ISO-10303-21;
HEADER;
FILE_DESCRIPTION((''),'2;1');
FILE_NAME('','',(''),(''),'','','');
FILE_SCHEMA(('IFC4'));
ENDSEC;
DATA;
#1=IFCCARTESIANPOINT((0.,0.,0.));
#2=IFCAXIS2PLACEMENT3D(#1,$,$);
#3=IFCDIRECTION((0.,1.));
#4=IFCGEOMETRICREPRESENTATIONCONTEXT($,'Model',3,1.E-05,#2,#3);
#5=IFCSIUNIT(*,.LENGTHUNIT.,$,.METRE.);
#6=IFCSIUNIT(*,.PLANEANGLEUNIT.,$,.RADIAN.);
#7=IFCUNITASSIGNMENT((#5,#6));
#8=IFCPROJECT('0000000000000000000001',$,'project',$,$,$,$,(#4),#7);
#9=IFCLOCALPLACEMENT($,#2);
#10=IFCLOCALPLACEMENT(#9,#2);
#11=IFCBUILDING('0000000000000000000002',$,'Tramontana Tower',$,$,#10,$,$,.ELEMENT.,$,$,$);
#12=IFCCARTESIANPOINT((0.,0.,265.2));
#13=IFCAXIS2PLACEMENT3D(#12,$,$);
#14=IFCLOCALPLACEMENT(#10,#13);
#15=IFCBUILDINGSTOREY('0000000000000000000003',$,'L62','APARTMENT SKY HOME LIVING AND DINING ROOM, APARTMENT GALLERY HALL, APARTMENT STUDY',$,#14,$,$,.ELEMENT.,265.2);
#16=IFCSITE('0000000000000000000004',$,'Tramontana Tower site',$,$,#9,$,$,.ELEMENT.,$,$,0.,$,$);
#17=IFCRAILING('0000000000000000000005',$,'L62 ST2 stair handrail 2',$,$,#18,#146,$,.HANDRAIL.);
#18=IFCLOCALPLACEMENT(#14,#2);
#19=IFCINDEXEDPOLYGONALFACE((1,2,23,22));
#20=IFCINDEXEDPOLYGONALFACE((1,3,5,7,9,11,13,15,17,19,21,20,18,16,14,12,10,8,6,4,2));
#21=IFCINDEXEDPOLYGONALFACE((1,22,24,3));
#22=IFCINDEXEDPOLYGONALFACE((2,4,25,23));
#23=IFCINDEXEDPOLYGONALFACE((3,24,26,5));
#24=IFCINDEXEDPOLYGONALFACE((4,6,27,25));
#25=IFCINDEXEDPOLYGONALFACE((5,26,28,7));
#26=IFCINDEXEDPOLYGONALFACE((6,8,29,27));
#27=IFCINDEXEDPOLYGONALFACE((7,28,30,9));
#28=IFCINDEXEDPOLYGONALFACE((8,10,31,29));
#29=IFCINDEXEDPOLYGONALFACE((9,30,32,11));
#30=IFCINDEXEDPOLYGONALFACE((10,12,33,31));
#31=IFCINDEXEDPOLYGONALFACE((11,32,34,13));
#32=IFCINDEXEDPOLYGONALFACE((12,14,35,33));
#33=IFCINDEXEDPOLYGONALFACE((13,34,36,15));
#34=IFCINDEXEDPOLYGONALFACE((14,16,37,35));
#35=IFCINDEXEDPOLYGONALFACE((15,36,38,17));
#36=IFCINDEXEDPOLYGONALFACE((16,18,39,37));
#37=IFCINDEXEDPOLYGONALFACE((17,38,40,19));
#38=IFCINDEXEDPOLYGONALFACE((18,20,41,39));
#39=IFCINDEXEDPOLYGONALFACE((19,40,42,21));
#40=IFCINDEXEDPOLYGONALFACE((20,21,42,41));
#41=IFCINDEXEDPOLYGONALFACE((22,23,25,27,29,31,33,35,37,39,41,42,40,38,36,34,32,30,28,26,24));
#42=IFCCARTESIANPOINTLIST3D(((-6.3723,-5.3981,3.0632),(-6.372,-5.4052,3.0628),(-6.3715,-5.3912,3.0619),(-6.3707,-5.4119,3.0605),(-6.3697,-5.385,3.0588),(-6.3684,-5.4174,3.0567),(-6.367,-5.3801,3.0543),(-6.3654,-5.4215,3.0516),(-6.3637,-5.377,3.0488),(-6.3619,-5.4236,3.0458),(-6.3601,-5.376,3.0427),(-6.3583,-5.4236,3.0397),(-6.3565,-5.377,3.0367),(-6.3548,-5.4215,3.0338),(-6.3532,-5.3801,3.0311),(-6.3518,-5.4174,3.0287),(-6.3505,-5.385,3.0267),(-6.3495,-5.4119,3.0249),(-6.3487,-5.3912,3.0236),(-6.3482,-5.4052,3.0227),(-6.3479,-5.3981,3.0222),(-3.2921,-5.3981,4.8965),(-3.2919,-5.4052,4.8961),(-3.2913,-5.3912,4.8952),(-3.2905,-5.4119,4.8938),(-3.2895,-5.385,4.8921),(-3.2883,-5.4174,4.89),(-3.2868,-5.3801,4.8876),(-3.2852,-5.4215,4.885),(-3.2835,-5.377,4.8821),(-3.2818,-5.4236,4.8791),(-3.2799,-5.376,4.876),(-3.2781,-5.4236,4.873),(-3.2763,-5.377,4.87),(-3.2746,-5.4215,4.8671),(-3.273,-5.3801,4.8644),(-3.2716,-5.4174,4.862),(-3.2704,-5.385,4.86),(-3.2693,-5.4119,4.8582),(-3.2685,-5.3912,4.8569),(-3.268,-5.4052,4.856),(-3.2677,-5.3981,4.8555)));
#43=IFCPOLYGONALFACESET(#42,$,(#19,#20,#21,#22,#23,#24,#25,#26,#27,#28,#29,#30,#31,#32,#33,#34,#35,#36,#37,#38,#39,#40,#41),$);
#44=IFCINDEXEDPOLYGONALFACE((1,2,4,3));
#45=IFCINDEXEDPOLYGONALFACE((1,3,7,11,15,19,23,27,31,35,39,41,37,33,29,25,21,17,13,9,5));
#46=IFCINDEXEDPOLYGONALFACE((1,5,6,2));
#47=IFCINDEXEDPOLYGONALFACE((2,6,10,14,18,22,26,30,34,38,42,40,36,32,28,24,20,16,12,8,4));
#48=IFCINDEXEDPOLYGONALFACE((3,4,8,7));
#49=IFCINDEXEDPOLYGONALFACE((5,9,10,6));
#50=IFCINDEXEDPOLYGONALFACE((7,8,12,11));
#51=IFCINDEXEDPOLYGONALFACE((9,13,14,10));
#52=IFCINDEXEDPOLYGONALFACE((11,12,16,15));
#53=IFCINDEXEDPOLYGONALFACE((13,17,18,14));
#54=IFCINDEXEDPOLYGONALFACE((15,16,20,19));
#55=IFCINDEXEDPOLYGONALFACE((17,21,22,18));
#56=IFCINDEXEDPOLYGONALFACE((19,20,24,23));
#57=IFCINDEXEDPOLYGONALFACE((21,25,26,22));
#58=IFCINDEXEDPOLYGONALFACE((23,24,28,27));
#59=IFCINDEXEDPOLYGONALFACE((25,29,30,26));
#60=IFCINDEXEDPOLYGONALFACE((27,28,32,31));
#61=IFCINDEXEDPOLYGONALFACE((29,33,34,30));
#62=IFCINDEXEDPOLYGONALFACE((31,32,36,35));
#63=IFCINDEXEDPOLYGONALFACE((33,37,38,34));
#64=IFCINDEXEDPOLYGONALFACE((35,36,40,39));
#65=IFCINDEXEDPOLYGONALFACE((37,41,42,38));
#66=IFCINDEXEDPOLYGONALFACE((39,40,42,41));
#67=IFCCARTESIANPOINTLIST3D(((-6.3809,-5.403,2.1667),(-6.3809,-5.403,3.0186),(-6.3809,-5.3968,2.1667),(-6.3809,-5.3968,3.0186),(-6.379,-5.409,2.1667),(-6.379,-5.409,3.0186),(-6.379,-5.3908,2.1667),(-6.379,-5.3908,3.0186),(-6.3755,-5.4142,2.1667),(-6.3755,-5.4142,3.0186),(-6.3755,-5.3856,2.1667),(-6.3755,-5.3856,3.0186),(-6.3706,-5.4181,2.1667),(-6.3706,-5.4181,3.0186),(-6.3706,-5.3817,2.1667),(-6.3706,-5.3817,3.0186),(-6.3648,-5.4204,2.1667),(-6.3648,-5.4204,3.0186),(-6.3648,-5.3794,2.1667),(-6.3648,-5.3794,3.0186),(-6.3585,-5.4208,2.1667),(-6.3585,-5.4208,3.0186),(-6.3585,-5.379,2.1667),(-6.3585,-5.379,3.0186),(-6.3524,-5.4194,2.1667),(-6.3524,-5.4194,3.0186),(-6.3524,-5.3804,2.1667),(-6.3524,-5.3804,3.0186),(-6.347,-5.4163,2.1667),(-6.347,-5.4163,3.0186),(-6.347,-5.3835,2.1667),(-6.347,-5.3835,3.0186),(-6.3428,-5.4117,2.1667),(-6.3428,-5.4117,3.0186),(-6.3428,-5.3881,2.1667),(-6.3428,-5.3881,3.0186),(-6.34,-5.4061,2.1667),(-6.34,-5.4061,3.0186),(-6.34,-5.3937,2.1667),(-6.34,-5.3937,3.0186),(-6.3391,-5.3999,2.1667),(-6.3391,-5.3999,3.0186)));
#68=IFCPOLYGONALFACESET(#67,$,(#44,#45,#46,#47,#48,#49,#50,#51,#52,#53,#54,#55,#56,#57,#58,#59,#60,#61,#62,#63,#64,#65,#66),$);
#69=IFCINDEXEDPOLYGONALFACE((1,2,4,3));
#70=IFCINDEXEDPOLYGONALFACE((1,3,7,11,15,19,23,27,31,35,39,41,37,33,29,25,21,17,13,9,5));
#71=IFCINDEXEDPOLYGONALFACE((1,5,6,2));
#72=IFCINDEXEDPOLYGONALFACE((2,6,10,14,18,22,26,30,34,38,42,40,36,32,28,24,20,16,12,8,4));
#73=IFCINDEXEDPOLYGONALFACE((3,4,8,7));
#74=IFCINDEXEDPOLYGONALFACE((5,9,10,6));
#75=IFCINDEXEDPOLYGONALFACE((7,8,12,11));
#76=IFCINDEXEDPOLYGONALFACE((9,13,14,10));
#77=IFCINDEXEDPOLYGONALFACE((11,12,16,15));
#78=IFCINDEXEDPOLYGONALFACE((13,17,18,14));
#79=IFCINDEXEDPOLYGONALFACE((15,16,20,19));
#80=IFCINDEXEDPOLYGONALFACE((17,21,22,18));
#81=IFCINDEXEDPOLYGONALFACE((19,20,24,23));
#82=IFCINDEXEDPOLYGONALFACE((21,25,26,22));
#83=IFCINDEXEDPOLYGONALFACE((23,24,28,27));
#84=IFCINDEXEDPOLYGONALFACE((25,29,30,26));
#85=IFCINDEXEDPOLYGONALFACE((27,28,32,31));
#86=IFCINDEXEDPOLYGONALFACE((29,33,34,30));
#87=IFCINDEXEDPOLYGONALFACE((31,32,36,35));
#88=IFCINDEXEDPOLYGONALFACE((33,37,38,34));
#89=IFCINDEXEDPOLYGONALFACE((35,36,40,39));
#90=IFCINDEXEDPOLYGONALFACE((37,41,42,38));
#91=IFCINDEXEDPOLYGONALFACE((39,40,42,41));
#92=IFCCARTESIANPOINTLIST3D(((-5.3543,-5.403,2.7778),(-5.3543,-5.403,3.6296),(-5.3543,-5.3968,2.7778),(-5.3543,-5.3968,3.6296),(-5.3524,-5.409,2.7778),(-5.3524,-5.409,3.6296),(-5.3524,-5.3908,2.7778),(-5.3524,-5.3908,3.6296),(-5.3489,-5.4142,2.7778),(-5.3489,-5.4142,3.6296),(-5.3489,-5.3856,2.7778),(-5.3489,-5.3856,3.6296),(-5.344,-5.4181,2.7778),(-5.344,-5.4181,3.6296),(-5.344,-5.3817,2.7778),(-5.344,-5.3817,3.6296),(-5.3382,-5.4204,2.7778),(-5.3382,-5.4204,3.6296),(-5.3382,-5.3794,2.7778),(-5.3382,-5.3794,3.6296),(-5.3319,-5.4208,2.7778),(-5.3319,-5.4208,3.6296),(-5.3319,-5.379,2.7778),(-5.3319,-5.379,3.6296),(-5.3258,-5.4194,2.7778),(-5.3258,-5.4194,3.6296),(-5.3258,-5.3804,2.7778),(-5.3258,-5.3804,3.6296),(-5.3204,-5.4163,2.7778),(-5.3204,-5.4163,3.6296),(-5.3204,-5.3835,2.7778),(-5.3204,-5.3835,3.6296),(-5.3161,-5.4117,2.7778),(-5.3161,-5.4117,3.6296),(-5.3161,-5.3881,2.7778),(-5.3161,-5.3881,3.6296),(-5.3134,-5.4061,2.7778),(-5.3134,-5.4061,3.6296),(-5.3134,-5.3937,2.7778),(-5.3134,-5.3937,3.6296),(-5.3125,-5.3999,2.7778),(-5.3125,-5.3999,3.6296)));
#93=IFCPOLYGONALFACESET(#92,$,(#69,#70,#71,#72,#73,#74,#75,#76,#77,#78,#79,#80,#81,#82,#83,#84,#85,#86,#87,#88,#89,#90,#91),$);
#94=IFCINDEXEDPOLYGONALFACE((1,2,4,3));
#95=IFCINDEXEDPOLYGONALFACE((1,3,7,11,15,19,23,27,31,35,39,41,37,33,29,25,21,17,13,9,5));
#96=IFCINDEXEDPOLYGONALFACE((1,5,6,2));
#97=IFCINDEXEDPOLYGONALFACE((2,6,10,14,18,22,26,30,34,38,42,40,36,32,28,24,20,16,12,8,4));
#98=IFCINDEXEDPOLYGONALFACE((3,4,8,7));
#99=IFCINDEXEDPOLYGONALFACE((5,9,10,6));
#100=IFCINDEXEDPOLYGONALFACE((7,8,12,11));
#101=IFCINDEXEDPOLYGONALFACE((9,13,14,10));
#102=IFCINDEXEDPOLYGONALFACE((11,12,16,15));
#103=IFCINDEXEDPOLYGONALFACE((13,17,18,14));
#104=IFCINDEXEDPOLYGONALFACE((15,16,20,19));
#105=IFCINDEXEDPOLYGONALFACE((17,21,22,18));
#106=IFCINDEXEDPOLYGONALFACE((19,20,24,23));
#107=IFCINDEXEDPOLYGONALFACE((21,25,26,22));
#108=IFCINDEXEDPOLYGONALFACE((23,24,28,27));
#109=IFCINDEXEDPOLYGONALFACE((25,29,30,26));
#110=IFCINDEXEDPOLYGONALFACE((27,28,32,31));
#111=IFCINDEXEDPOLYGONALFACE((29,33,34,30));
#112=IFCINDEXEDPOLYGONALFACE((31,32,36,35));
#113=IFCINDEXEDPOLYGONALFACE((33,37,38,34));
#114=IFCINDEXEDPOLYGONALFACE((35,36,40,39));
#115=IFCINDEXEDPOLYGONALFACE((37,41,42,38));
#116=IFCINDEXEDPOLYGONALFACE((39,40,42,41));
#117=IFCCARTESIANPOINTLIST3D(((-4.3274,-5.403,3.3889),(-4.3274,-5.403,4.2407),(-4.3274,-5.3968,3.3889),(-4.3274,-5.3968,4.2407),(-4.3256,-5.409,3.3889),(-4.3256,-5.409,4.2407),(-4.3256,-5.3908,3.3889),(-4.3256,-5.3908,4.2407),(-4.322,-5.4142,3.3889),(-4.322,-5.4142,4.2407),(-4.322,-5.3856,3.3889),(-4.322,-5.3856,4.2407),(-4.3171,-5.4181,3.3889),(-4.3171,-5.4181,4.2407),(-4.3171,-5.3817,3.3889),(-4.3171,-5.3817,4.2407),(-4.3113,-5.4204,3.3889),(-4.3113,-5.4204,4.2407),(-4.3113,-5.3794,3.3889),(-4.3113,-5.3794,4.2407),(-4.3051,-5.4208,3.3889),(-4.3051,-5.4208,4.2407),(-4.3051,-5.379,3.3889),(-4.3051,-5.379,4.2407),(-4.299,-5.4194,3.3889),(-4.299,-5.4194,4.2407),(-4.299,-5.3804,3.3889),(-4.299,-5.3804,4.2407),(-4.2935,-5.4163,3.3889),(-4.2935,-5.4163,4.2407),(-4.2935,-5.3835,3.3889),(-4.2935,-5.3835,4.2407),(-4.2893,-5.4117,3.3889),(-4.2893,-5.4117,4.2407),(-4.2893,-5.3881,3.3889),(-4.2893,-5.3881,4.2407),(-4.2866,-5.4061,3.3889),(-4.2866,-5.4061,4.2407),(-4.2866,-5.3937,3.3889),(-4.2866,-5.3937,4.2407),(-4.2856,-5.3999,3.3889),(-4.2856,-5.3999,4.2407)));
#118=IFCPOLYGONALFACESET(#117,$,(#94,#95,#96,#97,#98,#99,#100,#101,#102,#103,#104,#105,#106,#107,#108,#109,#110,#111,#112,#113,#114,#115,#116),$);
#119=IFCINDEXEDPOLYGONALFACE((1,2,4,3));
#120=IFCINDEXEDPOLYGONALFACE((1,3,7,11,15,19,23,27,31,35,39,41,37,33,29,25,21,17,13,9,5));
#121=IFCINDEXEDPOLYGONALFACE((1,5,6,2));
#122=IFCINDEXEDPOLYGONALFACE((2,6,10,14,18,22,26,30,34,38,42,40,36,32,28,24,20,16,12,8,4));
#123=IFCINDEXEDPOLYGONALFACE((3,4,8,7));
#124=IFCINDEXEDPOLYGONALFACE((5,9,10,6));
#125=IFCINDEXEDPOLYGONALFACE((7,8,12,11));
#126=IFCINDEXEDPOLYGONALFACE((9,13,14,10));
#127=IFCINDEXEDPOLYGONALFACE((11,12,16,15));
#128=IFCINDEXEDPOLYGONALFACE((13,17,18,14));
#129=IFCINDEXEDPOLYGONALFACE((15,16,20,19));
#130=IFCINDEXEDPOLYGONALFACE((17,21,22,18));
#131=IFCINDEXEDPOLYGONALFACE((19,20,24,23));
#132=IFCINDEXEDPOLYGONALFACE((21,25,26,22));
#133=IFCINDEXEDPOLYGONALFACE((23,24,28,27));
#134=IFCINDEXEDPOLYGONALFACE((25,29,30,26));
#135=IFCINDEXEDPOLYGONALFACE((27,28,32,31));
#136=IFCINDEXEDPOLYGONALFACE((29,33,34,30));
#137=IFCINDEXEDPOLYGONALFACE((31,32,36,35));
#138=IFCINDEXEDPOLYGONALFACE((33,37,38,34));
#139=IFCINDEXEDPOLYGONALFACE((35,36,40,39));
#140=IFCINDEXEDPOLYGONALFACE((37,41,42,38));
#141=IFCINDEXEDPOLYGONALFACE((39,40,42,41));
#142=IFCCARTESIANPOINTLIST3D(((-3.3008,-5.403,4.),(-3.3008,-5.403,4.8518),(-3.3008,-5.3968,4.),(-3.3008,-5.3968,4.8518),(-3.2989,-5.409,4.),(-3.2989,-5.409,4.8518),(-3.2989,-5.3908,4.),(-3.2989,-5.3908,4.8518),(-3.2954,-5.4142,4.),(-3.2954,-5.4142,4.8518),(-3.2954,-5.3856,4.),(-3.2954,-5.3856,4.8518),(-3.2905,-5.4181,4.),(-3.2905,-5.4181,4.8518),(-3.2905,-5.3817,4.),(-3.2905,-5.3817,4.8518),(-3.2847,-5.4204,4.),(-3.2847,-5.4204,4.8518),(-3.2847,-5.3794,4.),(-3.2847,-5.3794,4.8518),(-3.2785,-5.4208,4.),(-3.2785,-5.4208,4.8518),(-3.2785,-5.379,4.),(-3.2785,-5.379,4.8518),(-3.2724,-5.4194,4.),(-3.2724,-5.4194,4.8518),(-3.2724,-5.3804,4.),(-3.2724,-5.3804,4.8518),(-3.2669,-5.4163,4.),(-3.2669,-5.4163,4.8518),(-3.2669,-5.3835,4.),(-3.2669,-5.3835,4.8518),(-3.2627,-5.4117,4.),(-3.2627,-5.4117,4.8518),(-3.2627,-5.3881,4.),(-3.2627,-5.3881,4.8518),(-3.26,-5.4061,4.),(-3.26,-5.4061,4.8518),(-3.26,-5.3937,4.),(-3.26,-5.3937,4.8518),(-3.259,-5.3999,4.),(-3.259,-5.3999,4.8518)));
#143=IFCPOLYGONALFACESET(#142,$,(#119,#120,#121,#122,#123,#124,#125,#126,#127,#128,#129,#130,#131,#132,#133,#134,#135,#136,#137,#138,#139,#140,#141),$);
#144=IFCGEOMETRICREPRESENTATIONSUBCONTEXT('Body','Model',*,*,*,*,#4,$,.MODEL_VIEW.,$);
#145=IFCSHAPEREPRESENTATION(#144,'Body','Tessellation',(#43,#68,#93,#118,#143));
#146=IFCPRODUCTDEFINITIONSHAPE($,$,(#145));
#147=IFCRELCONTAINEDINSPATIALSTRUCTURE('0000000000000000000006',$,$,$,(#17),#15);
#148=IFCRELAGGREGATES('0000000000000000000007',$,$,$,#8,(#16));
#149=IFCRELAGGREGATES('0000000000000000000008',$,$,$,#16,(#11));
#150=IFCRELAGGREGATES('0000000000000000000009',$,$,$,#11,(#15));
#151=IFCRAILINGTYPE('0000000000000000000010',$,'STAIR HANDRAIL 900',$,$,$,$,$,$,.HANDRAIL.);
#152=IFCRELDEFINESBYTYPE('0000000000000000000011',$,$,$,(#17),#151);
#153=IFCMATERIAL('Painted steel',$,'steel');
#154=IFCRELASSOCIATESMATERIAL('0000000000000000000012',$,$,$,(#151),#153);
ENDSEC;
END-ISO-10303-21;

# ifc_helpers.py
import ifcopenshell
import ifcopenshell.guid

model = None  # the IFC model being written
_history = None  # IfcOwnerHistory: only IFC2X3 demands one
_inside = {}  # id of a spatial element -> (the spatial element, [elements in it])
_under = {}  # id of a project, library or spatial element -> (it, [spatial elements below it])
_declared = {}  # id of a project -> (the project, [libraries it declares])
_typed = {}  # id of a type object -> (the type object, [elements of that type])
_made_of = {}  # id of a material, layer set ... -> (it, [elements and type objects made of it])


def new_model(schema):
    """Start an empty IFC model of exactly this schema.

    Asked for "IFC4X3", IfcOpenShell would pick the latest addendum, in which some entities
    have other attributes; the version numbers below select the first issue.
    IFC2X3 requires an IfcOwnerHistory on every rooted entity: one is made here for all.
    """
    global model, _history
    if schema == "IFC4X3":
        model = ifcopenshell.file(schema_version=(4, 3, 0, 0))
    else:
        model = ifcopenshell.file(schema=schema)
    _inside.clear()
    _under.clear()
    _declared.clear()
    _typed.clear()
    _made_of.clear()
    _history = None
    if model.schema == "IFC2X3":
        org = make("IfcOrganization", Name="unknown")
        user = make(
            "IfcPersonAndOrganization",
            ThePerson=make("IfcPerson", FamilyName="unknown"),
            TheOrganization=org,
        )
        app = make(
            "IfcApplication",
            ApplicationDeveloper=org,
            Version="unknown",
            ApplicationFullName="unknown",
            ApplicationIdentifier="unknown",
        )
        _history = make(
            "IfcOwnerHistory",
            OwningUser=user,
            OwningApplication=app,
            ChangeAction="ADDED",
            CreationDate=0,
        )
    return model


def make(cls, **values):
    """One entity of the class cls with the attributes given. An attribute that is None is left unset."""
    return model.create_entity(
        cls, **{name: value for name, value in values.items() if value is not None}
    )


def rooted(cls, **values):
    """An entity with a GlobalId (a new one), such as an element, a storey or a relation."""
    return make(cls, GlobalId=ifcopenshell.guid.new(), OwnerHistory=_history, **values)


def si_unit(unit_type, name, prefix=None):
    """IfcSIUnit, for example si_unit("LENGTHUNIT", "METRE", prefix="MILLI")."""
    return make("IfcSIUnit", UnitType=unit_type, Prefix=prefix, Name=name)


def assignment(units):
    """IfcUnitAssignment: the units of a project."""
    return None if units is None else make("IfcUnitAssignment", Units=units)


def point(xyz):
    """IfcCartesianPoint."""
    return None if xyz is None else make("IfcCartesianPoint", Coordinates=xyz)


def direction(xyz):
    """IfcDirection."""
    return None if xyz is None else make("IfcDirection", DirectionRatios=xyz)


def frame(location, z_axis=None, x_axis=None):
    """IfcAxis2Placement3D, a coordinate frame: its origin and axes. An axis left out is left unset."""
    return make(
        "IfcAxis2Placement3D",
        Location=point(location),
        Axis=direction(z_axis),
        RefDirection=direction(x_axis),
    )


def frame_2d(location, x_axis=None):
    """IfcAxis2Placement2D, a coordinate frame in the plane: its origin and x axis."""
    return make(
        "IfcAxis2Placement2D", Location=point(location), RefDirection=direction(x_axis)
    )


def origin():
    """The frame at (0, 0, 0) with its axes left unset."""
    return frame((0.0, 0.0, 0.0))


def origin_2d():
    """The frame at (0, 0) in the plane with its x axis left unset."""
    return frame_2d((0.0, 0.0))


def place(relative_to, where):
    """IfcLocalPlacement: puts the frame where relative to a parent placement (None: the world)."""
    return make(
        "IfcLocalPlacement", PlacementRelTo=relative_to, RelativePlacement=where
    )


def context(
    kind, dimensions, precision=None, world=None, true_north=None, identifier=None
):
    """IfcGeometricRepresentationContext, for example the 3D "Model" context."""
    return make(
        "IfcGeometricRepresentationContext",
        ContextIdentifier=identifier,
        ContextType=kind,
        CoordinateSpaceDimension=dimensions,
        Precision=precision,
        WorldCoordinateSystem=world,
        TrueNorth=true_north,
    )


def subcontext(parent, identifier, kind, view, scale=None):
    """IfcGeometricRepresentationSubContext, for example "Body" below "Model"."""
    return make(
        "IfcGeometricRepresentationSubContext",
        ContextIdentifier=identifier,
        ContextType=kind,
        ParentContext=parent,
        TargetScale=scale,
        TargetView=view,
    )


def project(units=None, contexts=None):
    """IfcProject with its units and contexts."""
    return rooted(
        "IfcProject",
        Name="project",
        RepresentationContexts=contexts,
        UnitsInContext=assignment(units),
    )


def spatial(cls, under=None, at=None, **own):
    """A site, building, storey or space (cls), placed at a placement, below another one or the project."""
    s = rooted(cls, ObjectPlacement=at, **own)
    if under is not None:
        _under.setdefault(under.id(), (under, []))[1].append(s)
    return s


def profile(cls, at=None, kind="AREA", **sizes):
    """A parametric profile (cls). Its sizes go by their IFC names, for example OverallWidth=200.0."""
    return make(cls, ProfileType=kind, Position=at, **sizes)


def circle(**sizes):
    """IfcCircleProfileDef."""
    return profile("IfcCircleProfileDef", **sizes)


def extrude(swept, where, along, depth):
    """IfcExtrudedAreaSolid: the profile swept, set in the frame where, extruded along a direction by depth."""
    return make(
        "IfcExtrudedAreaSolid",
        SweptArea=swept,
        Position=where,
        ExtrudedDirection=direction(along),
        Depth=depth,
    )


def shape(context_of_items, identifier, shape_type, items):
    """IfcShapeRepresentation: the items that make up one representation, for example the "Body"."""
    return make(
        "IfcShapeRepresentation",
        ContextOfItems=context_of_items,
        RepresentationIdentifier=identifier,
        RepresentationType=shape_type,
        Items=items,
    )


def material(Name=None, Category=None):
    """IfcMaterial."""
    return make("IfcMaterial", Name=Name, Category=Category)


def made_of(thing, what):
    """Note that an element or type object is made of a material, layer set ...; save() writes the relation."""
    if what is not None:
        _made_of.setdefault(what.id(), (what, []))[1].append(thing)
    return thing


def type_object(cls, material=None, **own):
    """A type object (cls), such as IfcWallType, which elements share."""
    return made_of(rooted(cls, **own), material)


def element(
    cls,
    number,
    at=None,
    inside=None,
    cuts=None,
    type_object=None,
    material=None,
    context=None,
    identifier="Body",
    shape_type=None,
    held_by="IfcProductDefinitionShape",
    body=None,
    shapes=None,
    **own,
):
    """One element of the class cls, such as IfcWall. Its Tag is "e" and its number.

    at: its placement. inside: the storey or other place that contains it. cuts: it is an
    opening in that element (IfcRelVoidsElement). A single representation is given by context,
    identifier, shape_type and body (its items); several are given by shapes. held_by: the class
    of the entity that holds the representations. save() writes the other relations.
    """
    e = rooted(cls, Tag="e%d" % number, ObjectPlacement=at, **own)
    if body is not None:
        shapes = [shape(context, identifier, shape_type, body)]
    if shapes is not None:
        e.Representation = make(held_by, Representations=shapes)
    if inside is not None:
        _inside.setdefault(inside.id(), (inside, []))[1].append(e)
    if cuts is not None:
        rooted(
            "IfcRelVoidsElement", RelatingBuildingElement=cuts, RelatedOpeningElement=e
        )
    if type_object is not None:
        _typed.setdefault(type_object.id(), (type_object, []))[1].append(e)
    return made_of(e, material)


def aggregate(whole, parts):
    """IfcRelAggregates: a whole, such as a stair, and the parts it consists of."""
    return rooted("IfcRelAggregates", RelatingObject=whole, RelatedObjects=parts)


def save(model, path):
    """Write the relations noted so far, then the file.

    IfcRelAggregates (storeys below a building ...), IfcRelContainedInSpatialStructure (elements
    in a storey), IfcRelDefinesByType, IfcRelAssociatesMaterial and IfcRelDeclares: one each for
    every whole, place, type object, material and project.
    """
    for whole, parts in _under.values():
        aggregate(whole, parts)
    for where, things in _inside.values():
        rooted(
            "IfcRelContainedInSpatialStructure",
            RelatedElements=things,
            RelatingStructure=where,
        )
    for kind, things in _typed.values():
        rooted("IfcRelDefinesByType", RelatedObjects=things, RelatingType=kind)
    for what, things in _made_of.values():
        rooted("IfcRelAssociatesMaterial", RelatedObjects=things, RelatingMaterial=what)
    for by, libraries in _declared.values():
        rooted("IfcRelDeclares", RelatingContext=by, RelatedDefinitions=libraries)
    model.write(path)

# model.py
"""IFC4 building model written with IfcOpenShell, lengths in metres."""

from ifc_helpers import new_model, si_unit, direction, frame, origin, origin_2d, place, context, subcontext, project, spatial, circle, extrude, material, type_object, element, save


model = new_model("IFC4")

# Units and contexts
model_context = context("Model", 3, precision=1e-05, world=origin(), true_north=direction((0.0, 1.0)))
body_context = subcontext(model_context, "Body", "Model", "MODEL_VIEW")
ifc_project = project(units=[si_unit("LENGTHUNIT", "METRE"), si_unit("PLANEANGLEUNIT", "RADIAN")], contexts=[model_context])

# Site, building, storey
site_placement = place(None, origin())
site = spatial("IfcSite", under=ifc_project, at=site_placement, Name="Tramontana Tower site", CompositionType="ELEMENT", RefElevation=0.0)
building_placement = place(site_placement, origin())
building = spatial("IfcBuilding", under=site, at=building_placement, Name="Tramontana Tower", CompositionType="ELEMENT")
storey_placement = place(building_placement, frame((0.0, 0.0, 265.2)))
storey = spatial("IfcBuildingStorey", under=building, at=storey_placement, Name="L62", Description="APARTMENT SKY HOME LIVING AND DINING ROOM, APARTMENT GALLERY HALL, APARTMENT STUDY", CompositionType="ELEMENT", Elevation=265.2)

# Railing
ifc_material_1 = material(Name="Painted steel", Category="steel")
railing_type_1 = type_object("IfcRailingType", Name="STAIR HANDRAIL 900", PredefinedType="HANDRAIL", material=ifc_material_1)
railing_1_placement = place(storey_placement, frame((-6.3601, -5.3999, 2.1667)))
element("IfcRailing", 1, at=railing_1_placement, inside=storey, type_object=railing_type_1, Name="L62 ST2 stair handrail 2", PredefinedType="HANDRAIL", context=body_context, shape_type="SweptSolid", body=[
    extrude(circle(Radius=0.0239, at=origin_2d()), frame((0.0, 0.0, 0.876), z_axis=(0.859309, 0.0, 0.511458), x_axis=(0.0, 1.0, 0.0)), (0.0, 0.0, 1.0), 3.5845),
    extrude(circle(Radius=0.021, at=origin_2d()), origin(), (0.0, 0.0, 1.0), 0.8518),
    extrude(circle(Radius=0.021, at=origin_2d()), frame((1.0266, 0.0, 0.6111)), (0.0, 0.0, 1.0), 0.8518),
    extrude(circle(Radius=0.021, at=origin_2d()), frame((2.0535, 0.0, 1.2222)), (0.0, 0.0, 1.0), 0.8518),
    extrude(circle(Radius=0.021, at=origin_2d()), frame((3.0801, 0.0, 1.8333)), (0.0, 0.0, 1.0), 0.8518),
])

save(model, "model.ifc")
